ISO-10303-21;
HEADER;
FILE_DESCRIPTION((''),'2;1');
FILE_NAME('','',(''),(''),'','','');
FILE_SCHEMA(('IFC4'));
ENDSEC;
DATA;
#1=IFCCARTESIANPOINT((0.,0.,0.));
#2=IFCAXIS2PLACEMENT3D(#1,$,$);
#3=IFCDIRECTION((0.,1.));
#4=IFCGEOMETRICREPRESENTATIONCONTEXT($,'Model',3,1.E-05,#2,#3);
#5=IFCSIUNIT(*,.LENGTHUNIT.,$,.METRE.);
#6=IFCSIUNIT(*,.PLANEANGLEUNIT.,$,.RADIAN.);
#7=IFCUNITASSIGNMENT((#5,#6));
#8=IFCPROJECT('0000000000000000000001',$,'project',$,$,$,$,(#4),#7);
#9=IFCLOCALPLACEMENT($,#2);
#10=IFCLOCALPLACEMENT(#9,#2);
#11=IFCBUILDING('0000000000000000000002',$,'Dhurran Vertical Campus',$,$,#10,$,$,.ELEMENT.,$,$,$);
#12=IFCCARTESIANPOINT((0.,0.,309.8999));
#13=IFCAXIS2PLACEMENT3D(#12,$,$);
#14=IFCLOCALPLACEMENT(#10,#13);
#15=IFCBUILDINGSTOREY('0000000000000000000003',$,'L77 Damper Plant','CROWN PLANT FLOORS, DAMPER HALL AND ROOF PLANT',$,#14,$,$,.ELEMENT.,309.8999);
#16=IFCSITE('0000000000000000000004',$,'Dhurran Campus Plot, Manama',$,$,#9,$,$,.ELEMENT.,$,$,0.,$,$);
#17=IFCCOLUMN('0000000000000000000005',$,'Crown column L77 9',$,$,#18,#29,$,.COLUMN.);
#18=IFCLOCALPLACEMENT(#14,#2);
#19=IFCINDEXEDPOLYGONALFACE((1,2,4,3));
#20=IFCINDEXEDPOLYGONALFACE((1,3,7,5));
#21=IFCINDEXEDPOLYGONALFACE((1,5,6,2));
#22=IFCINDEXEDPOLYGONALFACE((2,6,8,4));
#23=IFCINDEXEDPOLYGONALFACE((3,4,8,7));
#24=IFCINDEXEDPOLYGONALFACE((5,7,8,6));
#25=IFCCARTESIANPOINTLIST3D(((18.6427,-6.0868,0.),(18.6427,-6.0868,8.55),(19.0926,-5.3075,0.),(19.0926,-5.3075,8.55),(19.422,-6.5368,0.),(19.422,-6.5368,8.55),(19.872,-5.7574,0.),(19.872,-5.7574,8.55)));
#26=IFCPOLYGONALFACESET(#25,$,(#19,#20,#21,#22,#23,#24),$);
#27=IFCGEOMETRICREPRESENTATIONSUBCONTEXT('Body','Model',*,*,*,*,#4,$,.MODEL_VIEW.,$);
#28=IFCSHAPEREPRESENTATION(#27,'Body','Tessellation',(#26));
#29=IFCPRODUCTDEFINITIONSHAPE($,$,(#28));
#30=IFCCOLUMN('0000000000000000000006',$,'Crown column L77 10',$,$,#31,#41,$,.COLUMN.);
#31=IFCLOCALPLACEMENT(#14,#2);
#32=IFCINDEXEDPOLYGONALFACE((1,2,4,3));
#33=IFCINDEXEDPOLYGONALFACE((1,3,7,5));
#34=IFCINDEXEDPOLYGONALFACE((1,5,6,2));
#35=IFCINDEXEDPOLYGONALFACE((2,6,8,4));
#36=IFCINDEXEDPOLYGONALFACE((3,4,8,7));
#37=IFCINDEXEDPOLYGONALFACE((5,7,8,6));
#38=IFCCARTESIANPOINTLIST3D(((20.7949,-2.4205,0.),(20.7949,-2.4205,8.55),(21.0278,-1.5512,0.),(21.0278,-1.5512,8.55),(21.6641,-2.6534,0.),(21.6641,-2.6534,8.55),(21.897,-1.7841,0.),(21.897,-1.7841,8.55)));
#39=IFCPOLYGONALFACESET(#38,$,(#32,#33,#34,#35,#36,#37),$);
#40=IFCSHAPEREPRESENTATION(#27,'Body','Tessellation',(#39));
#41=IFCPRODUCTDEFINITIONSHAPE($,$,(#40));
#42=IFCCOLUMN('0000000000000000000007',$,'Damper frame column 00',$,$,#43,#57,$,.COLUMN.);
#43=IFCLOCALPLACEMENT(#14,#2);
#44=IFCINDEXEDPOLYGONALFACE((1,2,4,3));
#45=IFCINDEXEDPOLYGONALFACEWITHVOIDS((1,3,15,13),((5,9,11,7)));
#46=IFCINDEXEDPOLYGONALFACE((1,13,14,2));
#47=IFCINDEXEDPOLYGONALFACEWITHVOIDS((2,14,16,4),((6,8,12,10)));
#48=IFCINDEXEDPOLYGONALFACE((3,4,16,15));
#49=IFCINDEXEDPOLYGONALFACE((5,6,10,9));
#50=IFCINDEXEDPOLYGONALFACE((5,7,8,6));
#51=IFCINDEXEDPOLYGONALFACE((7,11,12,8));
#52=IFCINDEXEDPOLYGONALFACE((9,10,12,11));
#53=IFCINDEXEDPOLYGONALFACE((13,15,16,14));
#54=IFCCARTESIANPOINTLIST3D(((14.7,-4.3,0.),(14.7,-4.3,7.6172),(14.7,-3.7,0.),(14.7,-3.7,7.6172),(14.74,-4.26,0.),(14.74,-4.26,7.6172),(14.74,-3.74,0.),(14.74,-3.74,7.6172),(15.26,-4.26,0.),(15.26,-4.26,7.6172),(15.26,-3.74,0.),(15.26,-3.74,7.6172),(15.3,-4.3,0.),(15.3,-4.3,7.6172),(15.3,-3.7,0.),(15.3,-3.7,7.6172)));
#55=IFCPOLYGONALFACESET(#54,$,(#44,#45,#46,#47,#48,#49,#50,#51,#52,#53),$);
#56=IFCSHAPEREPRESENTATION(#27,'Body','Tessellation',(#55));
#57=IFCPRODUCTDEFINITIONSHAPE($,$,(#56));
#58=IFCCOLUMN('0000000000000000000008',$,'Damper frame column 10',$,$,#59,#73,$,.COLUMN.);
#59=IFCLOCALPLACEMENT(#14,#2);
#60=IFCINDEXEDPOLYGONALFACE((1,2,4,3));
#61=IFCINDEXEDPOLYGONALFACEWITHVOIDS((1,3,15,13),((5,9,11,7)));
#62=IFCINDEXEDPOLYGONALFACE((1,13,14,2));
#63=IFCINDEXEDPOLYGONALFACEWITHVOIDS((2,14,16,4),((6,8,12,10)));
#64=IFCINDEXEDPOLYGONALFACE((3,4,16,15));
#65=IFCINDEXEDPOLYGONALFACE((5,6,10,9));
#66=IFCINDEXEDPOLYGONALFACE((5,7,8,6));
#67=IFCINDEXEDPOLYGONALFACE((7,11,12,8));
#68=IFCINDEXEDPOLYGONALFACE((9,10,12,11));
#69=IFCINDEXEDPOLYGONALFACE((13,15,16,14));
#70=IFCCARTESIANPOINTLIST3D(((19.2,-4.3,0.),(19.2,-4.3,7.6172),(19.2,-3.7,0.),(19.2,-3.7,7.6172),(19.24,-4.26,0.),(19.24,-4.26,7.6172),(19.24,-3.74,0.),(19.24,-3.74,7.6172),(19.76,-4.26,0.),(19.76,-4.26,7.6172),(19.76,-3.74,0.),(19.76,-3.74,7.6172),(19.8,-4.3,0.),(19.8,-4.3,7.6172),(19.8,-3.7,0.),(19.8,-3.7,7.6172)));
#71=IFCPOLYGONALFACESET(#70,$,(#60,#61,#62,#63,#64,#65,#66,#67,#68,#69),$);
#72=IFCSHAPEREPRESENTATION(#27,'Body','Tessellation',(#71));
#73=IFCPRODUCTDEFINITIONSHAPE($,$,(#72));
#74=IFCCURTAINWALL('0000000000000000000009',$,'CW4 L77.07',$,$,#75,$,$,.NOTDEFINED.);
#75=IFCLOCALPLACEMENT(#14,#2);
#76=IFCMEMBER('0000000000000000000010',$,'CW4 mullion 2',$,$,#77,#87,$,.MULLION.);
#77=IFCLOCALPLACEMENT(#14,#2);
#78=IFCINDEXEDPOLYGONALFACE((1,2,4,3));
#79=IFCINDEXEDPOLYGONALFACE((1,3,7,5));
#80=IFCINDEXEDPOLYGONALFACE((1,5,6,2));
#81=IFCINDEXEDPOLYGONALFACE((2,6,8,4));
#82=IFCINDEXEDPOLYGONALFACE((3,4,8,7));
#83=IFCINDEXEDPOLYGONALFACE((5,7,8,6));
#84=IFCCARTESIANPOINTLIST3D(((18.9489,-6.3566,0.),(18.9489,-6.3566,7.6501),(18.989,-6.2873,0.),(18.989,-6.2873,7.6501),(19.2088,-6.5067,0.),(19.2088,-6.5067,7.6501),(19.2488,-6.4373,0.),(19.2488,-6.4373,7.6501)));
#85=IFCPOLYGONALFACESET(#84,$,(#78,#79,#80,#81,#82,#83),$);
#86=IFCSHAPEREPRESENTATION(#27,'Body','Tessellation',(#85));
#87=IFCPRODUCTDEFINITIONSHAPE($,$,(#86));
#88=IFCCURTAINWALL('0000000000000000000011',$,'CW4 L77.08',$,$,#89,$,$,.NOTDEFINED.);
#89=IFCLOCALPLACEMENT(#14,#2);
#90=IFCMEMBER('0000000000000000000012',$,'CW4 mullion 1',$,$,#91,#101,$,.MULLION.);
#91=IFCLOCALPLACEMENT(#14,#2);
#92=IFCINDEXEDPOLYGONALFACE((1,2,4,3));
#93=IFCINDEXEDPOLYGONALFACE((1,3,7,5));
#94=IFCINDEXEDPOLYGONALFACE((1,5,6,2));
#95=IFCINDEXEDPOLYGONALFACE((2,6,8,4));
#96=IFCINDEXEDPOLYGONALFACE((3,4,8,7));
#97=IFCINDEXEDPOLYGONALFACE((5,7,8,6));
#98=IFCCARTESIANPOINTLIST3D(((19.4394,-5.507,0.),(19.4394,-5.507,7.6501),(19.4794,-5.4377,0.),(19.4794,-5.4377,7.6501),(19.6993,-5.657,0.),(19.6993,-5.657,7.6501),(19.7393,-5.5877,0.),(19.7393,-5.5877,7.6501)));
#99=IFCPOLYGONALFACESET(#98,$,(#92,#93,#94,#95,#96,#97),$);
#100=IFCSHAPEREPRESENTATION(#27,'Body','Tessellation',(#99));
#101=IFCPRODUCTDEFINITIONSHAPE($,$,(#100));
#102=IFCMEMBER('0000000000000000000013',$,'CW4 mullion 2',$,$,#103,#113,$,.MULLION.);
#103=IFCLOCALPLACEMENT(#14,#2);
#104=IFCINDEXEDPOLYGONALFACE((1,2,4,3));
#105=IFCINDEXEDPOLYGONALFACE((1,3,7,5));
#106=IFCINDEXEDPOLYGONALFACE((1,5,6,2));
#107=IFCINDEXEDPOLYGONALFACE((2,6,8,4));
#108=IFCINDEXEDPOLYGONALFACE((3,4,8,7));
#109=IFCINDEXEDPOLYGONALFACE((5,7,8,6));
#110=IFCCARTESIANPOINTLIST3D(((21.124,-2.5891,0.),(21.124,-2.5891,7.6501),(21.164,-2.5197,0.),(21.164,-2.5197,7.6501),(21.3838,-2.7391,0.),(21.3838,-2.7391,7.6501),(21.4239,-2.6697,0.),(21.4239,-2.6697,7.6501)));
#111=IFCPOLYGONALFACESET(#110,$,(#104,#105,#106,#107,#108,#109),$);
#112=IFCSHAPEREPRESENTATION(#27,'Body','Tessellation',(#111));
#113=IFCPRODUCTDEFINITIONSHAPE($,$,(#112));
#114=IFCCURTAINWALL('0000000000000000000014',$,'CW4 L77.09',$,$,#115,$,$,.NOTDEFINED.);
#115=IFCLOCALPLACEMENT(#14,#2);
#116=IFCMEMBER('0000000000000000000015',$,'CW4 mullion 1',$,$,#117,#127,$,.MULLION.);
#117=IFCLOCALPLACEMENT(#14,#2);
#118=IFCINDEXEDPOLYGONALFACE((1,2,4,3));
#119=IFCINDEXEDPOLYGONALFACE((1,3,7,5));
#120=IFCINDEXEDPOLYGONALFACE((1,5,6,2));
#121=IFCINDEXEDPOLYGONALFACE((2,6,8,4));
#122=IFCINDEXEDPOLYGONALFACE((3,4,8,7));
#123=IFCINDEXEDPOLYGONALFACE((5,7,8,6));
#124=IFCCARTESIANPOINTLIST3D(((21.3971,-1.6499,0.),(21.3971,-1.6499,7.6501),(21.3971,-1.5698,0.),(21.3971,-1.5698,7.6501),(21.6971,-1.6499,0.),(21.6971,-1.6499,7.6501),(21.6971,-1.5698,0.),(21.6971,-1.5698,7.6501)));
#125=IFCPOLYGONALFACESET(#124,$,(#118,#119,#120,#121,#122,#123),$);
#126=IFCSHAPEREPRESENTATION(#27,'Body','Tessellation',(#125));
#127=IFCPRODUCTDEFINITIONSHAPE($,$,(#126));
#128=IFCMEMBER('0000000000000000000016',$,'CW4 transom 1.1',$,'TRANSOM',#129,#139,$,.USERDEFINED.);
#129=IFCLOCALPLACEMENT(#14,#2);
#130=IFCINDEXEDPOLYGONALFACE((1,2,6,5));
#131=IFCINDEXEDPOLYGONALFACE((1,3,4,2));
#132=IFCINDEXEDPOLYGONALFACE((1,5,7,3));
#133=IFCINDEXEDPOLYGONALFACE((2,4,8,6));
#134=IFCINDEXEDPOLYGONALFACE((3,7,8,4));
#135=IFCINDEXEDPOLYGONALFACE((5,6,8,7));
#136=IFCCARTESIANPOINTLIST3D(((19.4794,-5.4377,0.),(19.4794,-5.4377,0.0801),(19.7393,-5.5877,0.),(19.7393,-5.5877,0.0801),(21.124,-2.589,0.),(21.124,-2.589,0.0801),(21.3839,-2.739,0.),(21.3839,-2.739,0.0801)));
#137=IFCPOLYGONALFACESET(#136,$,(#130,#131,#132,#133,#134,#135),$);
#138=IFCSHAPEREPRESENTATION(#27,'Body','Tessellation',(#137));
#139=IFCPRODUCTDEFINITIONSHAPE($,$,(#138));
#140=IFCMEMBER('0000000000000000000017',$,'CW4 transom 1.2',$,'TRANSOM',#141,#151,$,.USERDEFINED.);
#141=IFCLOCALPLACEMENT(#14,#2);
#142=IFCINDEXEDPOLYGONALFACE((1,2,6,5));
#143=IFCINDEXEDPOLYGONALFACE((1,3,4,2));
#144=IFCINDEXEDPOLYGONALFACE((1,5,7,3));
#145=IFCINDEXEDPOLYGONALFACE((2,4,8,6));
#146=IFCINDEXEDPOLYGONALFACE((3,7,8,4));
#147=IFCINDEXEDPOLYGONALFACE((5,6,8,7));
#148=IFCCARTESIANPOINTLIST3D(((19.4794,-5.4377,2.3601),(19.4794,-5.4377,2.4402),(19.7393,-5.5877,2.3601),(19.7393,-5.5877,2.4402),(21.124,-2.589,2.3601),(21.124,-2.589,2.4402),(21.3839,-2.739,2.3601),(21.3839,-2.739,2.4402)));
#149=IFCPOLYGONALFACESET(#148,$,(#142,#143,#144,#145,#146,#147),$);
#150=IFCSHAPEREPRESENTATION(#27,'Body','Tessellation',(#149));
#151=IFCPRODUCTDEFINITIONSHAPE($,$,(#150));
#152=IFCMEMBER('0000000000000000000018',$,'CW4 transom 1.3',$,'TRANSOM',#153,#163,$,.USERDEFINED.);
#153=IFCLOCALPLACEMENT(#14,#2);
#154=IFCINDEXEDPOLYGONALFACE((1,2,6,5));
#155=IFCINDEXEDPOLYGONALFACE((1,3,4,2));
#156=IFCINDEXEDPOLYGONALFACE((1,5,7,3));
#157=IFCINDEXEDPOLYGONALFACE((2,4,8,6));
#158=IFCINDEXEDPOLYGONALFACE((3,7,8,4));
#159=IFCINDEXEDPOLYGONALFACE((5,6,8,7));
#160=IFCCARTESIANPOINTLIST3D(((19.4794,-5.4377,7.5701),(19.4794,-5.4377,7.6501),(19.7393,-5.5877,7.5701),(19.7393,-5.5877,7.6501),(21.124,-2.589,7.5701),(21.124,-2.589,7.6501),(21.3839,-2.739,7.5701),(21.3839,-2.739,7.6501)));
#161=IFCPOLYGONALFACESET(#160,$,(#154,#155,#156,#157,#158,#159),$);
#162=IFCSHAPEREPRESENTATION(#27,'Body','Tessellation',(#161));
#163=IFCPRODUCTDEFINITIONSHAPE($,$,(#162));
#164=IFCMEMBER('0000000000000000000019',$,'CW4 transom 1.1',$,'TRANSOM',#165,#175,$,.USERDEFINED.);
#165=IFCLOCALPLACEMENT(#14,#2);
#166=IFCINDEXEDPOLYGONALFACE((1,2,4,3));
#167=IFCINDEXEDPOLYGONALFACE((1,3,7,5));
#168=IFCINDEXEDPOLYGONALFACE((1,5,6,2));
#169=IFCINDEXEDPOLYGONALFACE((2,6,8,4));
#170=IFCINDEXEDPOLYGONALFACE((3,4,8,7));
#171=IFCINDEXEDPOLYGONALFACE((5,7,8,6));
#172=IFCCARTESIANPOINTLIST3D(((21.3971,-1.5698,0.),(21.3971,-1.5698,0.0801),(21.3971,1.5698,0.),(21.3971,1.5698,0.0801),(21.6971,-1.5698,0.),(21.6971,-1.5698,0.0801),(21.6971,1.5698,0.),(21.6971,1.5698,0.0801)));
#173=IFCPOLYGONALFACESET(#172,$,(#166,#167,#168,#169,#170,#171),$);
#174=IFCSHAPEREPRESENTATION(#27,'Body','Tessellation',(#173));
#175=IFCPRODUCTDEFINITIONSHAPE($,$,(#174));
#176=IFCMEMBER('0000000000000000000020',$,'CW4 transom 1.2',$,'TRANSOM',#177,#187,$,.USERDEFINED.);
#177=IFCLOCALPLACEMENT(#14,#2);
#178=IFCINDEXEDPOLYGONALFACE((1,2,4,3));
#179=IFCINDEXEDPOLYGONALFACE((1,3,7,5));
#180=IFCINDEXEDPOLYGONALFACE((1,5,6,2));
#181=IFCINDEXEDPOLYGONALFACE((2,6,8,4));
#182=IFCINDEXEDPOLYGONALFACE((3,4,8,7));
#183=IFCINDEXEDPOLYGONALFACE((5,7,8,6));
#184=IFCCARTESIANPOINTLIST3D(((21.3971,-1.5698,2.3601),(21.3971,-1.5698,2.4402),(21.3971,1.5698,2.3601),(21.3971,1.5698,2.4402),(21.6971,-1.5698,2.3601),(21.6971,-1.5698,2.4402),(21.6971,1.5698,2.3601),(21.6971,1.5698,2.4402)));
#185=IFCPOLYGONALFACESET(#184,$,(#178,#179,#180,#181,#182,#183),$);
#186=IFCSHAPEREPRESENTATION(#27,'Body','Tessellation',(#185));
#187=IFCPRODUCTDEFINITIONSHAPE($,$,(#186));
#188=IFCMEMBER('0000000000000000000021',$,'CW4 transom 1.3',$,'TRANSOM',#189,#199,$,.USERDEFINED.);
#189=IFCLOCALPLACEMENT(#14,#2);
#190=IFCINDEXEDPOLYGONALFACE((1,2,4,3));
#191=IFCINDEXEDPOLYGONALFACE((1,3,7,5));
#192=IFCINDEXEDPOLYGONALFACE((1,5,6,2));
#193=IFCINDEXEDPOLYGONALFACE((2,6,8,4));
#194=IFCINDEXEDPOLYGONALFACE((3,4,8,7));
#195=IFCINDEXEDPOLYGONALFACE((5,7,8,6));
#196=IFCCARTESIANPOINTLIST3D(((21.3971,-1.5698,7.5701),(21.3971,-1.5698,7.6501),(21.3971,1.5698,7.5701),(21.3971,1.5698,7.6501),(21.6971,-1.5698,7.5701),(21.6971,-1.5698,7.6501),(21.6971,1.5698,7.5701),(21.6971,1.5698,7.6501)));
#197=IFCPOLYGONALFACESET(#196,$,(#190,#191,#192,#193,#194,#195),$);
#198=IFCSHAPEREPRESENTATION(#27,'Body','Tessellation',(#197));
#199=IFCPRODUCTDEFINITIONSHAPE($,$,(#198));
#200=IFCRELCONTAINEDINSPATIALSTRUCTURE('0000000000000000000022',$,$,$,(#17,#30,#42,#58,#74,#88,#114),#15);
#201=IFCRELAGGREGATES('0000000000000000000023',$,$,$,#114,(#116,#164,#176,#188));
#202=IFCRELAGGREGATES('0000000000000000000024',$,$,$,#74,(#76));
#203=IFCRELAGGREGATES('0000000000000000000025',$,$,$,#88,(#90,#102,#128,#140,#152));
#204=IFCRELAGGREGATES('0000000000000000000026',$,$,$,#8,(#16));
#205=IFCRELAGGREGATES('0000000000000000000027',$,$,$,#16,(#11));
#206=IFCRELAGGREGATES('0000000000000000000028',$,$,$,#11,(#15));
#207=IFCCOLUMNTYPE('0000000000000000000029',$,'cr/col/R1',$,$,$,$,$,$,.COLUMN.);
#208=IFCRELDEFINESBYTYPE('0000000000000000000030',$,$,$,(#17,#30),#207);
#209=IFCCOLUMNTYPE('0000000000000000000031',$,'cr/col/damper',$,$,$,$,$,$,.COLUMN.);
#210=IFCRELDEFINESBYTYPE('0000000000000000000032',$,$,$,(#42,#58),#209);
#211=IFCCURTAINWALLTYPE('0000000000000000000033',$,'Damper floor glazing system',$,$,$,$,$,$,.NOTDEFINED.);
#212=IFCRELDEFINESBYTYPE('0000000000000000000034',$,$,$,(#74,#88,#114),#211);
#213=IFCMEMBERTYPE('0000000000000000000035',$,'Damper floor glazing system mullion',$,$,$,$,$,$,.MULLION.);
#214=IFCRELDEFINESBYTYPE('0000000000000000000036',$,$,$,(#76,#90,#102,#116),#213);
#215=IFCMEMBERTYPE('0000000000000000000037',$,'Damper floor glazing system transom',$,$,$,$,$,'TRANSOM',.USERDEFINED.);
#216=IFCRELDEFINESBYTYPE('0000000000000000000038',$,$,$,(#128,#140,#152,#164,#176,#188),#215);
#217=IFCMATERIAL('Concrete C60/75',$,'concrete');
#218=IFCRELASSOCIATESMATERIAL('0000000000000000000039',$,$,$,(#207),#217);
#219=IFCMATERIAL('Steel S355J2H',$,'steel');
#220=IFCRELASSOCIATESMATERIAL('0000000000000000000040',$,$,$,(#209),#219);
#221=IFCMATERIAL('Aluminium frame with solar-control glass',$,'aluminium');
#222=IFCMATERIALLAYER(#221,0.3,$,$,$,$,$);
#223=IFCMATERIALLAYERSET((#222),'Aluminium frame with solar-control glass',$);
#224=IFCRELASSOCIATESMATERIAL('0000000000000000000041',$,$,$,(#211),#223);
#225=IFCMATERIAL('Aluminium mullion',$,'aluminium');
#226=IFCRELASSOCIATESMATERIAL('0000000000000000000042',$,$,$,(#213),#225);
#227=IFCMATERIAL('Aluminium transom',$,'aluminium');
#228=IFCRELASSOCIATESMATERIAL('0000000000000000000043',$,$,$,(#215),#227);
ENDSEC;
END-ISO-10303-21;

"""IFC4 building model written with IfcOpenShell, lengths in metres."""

from ifc_helpers import new_model, si_unit, direction, frame, origin, origin_2d, place, context, subcontext, project, spatial, rectangle, hollow_rectangle, extrude, material, layer, layer_set, material_profile, profile_set, type_object, element, aggregate, save


model = new_model("IFC4")

# Units and contexts
model_context = context("Model", 3, precision=1e-05, world=origin(), true_north=direction((0.0, 1.0)))
body_context = subcontext(model_context, "Body", "Model", "MODEL_VIEW")
ifc_project = project(units=[si_unit("LENGTHUNIT", "METRE"), si_unit("PLANEANGLEUNIT", "RADIAN")], contexts=[model_context])

# Site, building, storey
site_placement = place(None, origin())
site = spatial("IfcSite", under=ifc_project, at=site_placement, Name="Dhurran Campus Plot, Manama", CompositionType="ELEMENT", RefElevation=0.0)
building_placement = place(site_placement, origin())
building = spatial("IfcBuilding", under=site, at=building_placement, Name="Dhurran Vertical Campus", CompositionType="ELEMENT")
storey_placement = place(building_placement, frame((0.0, 0.0, 309.8999)))
storey = spatial("IfcBuildingStorey", under=building, at=storey_placement, Name="L77 Damper Plant", Description="CROWN PLANT FLOORS, DAMPER HALL AND ROOF PLANT", CompositionType="ELEMENT", Elevation=309.8999)

# Columns
ifc_material_1 = material(Name="Concrete C60/75", Category="concrete")
ifc_material_profile_1 = material_profile(ifc_material_1, rectangle(XDim=0.8999, YDim=0.8999, at=origin_2d()), Name="cr/col/R1")
ifc_profile_set_1 = profile_set([ifc_material_profile_1], Name="Concrete C60/75")
column_type_1 = type_object("IfcColumnType", Name="cr/col/R1", PredefinedType="COLUMN", material=ifc_profile_set_1)
for number, where, z_axis, x_axis, name in (
    (1, (19.2573, -5.9221, 0.0), (0.0, 0.0, 1.0), (0.5, 0.866025, 0.0), "Crown column L77 9"),
    (2, (21.3459, -2.1023, 0.0), (0.0, 0.0, 1.0), (0.258819, 0.965926, 0.0), "Crown column L77 10"),
):
    element("IfcColumn", number, at=place(storey_placement, frame(where, z_axis=z_axis, x_axis=x_axis)), inside=storey, type_object=column_type_1, Name=name, PredefinedType="COLUMN", context=body_context, shape_type="SweptSolid", body=[
        extrude(rectangle(XDim=0.8999, YDim=0.8999, at=origin_2d()), origin(), (0.0, 0.0, 1.0), 8.55),
    ])
ifc_material_2 = material(Name="Steel S355J2H", Category="steel")
ifc_material_profile_2 = material_profile(ifc_material_2, hollow_rectangle(XDim=0.6001, YDim=0.6001, WallThickness=0.04, at=origin_2d()), Name="cr/col/damper")
ifc_profile_set_2 = profile_set([ifc_material_profile_2], Name="Steel S355J2H")
column_type_2 = type_object("IfcColumnType", Name="cr/col/damper", PredefinedType="COLUMN", material=ifc_profile_set_2)
for number, where, z_axis, x_axis, name in (
    (3, (15.0, -4.0, 0.0), (0.0, 0.0, 1.0), (1.0, 0.0, 0.0), "Damper frame column 00"),
    (4, (19.5, -4.0, 0.0), (0.0, 0.0, 1.0), (1.0, 0.0, 0.0), "Damper frame column 10"),
):
    element("IfcColumn", number, at=place(storey_placement, frame(where, z_axis=z_axis, x_axis=x_axis)), inside=storey, type_object=column_type_2, Name=name, PredefinedType="COLUMN", context=body_context, shape_type="SweptSolid", body=[
        extrude(hollow_rectangle(XDim=0.6001, YDim=0.6001, WallThickness=0.04, at=origin_2d()), origin(), (0.0, 0.0, 1.0), 7.6172),
    ])

# Curtain wall, member
ifc_material_3 = material(Name="Aluminium frame with solar-control glass", Category="aluminium")
ifc_layer_1 = layer(ifc_material_3, 0.3)
ifc_layer_set_1 = layer_set([ifc_layer_1], Name="Aluminium frame with solar-control glass")
curtain_wall_type = type_object("IfcCurtainWallType", Name="Damper floor glazing system", PredefinedType="NOTDEFINED", material=ifc_layer_set_1)
curtain_wall_1_placement = place(storey_placement, origin())
curtain_wall_1 = element("IfcCurtainWall", 5, at=curtain_wall_1_placement, inside=storey, type_object=curtain_wall_type, Name="CW4 L77.07", PredefinedType="NOTDEFINED")
ifc_material_4 = material(Name="Aluminium mullion", Category="aluminium")
ifc_material_profile_3 = material_profile(ifc_material_4, rectangle(XDim=0.3, YDim=0.0801, at=origin_2d()), Name="Damper floor glazing system mullion")
ifc_profile_set_3 = profile_set([ifc_material_profile_3], Name="Aluminium mullion")
member_type_1 = type_object("IfcMemberType", Name="Damper floor glazing system mullion", PredefinedType="MULLION", material=ifc_profile_set_3)
member_1_placement = place(storey_placement, frame((19.0989, -6.397, 0.0), z_axis=(0.0, 0.0, 1.0), x_axis=(-0.866024, 0.500003, 0.0)))
member_1 = element("IfcMember", 6, at=member_1_placement, type_object=member_type_1, Name="CW4 mullion 2", PredefinedType="MULLION", context=body_context, shape_type="SweptSolid", body=[
    extrude(rectangle(XDim=0.3, YDim=0.0801, at=origin_2d()), origin(), (0.0, 0.0, 1.0), 7.6501),
])

# Curtain wall, members
curtain_wall_2_placement = place(storey_placement, origin())
curtain_wall_2 = element("IfcCurtainWall", 7, at=curtain_wall_2_placement, inside=storey, type_object=curtain_wall_type, Name="CW4 L77.08", PredefinedType="NOTDEFINED")
member_2_placement = place(storey_placement, frame((19.5894, -5.5474, 0.0), z_axis=(0.0, 0.0, 1.0), x_axis=(-0.866028, 0.499996, 0.0)))
member_2 = element("IfcMember", 8, at=member_2_placement, type_object=member_type_1, Name="CW4 mullion 1", PredefinedType="MULLION", context=body_context, shape_type="SweptSolid", body=[
    extrude(rectangle(XDim=0.3, YDim=0.0801, at=origin_2d()), origin(), (0.0, 0.0, 1.0), 7.6501),
])
member_3_placement = place(storey_placement, frame((21.2739, -2.6294, 0.0), z_axis=(0.0, 0.0, 1.0), x_axis=(-0.866028, 0.499996, 0.0)))
member_3 = element("IfcMember", 9, at=member_3_placement, type_object=member_type_1, Name="CW4 mullion 2", PredefinedType="MULLION", context=body_context, shape_type="SweptSolid", body=[
    extrude(rectangle(XDim=0.3, YDim=0.0801, at=origin_2d()), origin(), (0.0, 0.0, 1.0), 7.6501),
])

# Curtain wall, member
curtain_wall_3_placement = place(storey_placement, origin())
curtain_wall_3 = element("IfcCurtainWall", 10, at=curtain_wall_3_placement, inside=storey, type_object=curtain_wall_type, Name="CW4 L77.09", PredefinedType="NOTDEFINED")
member_4_placement = place(storey_placement, frame((21.5471, -1.6099, 0.0), z_axis=(0.0, 0.0, 1.0), x_axis=(-1.0, 0.0, 0.0)))
member_4 = element("IfcMember", 11, at=member_4_placement, type_object=member_type_1, Name="CW4 mullion 1", PredefinedType="MULLION", context=body_context, shape_type="SweptSolid", body=[
    extrude(rectangle(XDim=0.3, YDim=0.0801, at=origin_2d()), origin(), (0.0, 0.0, 1.0), 7.6501),
])

# Members
ifc_material_5 = material(Name="Aluminium transom", Category="aluminium")
ifc_material_profile_4 = material_profile(ifc_material_5, rectangle(XDim=0.3, YDim=0.0801, at=origin_2d()), Name="Damper floor glazing system transom")
ifc_profile_set_4 = profile_set([ifc_material_profile_4], Name="Aluminium transom")
member_type_2 = type_object("IfcMemberType", Name="Damper floor glazing system transom", ElementType="TRANSOM", PredefinedType="USERDEFINED", material=ifc_profile_set_4)
member_5_placement = place(storey_placement, frame((19.6094, -5.5127, 0.04), z_axis=(0.499971, 0.866042, 0.0), x_axis=(-0.866042, 0.499971, 0.0)))
member_5 = element("IfcMember", 12, at=member_5_placement, type_object=member_type_2, Name="CW4 transom 1.1", ObjectType="TRANSOM", PredefinedType="USERDEFINED", context=body_context, shape_type="SweptSolid", body=[
    extrude(rectangle(XDim=0.3, YDim=0.0801, at=origin_2d()), origin(), (0.0, 0.0, 1.0), 3.2893),
])
member_6_placement = place(storey_placement, frame((19.6094, -5.5127, 2.4001), z_axis=(0.499971, 0.866042, 0.0), x_axis=(-0.866042, 0.499971, 0.0)))
member_6 = element("IfcMember", 13, at=member_6_placement, type_object=member_type_2, Name="CW4 transom 1.2", ObjectType="TRANSOM", PredefinedType="USERDEFINED", context=body_context, shape_type="SweptSolid", body=[
    extrude(rectangle(XDim=0.3, YDim=0.0801, at=origin_2d()), origin(), (0.0, 0.0, 1.0), 3.2893),
])
member_7_placement = place(storey_placement, frame((19.6094, -5.5127, 7.6101), z_axis=(0.499971, 0.866042, 0.0), x_axis=(-0.866042, 0.499971, 0.0)))
member_7 = element("IfcMember", 14, at=member_7_placement, type_object=member_type_2, Name="CW4 transom 1.3", ObjectType="TRANSOM", PredefinedType="USERDEFINED", context=body_context, shape_type="SweptSolid", body=[
    extrude(rectangle(XDim=0.3, YDim=0.0801, at=origin_2d()), origin(), (0.0, 0.0, 1.0), 3.2893),
])
member_8_placement = place(storey_placement, frame((21.5471, -1.5698, 0.04), z_axis=(0.0, 1.0, 0.0), x_axis=(-1.0, 0.0, 0.0)))
member_8 = element("IfcMember", 15, at=member_8_placement, type_object=member_type_2, Name="CW4 transom 1.1", ObjectType="TRANSOM", PredefinedType="USERDEFINED", context=body_context, shape_type="SweptSolid", body=[
    extrude(rectangle(XDim=0.3, YDim=0.0801, at=origin_2d()), origin(), (0.0, 0.0, 1.0), 3.1396),
])
member_9_placement = place(storey_placement, frame((21.5471, -1.5698, 2.4001), z_axis=(0.0, 1.0, 0.0), x_axis=(-1.0, 0.0, 0.0)))
member_9 = element("IfcMember", 16, at=member_9_placement, type_object=member_type_2, Name="CW4 transom 1.2", ObjectType="TRANSOM", PredefinedType="USERDEFINED", context=body_context, shape_type="SweptSolid", body=[
    extrude(rectangle(XDim=0.3, YDim=0.0801, at=origin_2d()), origin(), (0.0, 0.0, 1.0), 3.1396),
])
member_10_placement = place(storey_placement, frame((21.5471, -1.5698, 7.6101), z_axis=(0.0, 1.0, 0.0), x_axis=(-1.0, 0.0, 0.0)))
member_10 = element("IfcMember", 17, at=member_10_placement, type_object=member_type_2, Name="CW4 transom 1.3", ObjectType="TRANSOM", PredefinedType="USERDEFINED", context=body_context, shape_type="SweptSolid", body=[
    extrude(rectangle(XDim=0.3, YDim=0.0801, at=origin_2d()), origin(), (0.0, 0.0, 1.0), 3.1396),
])
aggregate(curtain_wall_3, [member_4, member_8, member_9, member_10])

aggregate(curtain_wall_1, [member_1])
aggregate(curtain_wall_2, [member_2, member_3, member_5, member_6, member_7])

save(model, "model.ifc")
